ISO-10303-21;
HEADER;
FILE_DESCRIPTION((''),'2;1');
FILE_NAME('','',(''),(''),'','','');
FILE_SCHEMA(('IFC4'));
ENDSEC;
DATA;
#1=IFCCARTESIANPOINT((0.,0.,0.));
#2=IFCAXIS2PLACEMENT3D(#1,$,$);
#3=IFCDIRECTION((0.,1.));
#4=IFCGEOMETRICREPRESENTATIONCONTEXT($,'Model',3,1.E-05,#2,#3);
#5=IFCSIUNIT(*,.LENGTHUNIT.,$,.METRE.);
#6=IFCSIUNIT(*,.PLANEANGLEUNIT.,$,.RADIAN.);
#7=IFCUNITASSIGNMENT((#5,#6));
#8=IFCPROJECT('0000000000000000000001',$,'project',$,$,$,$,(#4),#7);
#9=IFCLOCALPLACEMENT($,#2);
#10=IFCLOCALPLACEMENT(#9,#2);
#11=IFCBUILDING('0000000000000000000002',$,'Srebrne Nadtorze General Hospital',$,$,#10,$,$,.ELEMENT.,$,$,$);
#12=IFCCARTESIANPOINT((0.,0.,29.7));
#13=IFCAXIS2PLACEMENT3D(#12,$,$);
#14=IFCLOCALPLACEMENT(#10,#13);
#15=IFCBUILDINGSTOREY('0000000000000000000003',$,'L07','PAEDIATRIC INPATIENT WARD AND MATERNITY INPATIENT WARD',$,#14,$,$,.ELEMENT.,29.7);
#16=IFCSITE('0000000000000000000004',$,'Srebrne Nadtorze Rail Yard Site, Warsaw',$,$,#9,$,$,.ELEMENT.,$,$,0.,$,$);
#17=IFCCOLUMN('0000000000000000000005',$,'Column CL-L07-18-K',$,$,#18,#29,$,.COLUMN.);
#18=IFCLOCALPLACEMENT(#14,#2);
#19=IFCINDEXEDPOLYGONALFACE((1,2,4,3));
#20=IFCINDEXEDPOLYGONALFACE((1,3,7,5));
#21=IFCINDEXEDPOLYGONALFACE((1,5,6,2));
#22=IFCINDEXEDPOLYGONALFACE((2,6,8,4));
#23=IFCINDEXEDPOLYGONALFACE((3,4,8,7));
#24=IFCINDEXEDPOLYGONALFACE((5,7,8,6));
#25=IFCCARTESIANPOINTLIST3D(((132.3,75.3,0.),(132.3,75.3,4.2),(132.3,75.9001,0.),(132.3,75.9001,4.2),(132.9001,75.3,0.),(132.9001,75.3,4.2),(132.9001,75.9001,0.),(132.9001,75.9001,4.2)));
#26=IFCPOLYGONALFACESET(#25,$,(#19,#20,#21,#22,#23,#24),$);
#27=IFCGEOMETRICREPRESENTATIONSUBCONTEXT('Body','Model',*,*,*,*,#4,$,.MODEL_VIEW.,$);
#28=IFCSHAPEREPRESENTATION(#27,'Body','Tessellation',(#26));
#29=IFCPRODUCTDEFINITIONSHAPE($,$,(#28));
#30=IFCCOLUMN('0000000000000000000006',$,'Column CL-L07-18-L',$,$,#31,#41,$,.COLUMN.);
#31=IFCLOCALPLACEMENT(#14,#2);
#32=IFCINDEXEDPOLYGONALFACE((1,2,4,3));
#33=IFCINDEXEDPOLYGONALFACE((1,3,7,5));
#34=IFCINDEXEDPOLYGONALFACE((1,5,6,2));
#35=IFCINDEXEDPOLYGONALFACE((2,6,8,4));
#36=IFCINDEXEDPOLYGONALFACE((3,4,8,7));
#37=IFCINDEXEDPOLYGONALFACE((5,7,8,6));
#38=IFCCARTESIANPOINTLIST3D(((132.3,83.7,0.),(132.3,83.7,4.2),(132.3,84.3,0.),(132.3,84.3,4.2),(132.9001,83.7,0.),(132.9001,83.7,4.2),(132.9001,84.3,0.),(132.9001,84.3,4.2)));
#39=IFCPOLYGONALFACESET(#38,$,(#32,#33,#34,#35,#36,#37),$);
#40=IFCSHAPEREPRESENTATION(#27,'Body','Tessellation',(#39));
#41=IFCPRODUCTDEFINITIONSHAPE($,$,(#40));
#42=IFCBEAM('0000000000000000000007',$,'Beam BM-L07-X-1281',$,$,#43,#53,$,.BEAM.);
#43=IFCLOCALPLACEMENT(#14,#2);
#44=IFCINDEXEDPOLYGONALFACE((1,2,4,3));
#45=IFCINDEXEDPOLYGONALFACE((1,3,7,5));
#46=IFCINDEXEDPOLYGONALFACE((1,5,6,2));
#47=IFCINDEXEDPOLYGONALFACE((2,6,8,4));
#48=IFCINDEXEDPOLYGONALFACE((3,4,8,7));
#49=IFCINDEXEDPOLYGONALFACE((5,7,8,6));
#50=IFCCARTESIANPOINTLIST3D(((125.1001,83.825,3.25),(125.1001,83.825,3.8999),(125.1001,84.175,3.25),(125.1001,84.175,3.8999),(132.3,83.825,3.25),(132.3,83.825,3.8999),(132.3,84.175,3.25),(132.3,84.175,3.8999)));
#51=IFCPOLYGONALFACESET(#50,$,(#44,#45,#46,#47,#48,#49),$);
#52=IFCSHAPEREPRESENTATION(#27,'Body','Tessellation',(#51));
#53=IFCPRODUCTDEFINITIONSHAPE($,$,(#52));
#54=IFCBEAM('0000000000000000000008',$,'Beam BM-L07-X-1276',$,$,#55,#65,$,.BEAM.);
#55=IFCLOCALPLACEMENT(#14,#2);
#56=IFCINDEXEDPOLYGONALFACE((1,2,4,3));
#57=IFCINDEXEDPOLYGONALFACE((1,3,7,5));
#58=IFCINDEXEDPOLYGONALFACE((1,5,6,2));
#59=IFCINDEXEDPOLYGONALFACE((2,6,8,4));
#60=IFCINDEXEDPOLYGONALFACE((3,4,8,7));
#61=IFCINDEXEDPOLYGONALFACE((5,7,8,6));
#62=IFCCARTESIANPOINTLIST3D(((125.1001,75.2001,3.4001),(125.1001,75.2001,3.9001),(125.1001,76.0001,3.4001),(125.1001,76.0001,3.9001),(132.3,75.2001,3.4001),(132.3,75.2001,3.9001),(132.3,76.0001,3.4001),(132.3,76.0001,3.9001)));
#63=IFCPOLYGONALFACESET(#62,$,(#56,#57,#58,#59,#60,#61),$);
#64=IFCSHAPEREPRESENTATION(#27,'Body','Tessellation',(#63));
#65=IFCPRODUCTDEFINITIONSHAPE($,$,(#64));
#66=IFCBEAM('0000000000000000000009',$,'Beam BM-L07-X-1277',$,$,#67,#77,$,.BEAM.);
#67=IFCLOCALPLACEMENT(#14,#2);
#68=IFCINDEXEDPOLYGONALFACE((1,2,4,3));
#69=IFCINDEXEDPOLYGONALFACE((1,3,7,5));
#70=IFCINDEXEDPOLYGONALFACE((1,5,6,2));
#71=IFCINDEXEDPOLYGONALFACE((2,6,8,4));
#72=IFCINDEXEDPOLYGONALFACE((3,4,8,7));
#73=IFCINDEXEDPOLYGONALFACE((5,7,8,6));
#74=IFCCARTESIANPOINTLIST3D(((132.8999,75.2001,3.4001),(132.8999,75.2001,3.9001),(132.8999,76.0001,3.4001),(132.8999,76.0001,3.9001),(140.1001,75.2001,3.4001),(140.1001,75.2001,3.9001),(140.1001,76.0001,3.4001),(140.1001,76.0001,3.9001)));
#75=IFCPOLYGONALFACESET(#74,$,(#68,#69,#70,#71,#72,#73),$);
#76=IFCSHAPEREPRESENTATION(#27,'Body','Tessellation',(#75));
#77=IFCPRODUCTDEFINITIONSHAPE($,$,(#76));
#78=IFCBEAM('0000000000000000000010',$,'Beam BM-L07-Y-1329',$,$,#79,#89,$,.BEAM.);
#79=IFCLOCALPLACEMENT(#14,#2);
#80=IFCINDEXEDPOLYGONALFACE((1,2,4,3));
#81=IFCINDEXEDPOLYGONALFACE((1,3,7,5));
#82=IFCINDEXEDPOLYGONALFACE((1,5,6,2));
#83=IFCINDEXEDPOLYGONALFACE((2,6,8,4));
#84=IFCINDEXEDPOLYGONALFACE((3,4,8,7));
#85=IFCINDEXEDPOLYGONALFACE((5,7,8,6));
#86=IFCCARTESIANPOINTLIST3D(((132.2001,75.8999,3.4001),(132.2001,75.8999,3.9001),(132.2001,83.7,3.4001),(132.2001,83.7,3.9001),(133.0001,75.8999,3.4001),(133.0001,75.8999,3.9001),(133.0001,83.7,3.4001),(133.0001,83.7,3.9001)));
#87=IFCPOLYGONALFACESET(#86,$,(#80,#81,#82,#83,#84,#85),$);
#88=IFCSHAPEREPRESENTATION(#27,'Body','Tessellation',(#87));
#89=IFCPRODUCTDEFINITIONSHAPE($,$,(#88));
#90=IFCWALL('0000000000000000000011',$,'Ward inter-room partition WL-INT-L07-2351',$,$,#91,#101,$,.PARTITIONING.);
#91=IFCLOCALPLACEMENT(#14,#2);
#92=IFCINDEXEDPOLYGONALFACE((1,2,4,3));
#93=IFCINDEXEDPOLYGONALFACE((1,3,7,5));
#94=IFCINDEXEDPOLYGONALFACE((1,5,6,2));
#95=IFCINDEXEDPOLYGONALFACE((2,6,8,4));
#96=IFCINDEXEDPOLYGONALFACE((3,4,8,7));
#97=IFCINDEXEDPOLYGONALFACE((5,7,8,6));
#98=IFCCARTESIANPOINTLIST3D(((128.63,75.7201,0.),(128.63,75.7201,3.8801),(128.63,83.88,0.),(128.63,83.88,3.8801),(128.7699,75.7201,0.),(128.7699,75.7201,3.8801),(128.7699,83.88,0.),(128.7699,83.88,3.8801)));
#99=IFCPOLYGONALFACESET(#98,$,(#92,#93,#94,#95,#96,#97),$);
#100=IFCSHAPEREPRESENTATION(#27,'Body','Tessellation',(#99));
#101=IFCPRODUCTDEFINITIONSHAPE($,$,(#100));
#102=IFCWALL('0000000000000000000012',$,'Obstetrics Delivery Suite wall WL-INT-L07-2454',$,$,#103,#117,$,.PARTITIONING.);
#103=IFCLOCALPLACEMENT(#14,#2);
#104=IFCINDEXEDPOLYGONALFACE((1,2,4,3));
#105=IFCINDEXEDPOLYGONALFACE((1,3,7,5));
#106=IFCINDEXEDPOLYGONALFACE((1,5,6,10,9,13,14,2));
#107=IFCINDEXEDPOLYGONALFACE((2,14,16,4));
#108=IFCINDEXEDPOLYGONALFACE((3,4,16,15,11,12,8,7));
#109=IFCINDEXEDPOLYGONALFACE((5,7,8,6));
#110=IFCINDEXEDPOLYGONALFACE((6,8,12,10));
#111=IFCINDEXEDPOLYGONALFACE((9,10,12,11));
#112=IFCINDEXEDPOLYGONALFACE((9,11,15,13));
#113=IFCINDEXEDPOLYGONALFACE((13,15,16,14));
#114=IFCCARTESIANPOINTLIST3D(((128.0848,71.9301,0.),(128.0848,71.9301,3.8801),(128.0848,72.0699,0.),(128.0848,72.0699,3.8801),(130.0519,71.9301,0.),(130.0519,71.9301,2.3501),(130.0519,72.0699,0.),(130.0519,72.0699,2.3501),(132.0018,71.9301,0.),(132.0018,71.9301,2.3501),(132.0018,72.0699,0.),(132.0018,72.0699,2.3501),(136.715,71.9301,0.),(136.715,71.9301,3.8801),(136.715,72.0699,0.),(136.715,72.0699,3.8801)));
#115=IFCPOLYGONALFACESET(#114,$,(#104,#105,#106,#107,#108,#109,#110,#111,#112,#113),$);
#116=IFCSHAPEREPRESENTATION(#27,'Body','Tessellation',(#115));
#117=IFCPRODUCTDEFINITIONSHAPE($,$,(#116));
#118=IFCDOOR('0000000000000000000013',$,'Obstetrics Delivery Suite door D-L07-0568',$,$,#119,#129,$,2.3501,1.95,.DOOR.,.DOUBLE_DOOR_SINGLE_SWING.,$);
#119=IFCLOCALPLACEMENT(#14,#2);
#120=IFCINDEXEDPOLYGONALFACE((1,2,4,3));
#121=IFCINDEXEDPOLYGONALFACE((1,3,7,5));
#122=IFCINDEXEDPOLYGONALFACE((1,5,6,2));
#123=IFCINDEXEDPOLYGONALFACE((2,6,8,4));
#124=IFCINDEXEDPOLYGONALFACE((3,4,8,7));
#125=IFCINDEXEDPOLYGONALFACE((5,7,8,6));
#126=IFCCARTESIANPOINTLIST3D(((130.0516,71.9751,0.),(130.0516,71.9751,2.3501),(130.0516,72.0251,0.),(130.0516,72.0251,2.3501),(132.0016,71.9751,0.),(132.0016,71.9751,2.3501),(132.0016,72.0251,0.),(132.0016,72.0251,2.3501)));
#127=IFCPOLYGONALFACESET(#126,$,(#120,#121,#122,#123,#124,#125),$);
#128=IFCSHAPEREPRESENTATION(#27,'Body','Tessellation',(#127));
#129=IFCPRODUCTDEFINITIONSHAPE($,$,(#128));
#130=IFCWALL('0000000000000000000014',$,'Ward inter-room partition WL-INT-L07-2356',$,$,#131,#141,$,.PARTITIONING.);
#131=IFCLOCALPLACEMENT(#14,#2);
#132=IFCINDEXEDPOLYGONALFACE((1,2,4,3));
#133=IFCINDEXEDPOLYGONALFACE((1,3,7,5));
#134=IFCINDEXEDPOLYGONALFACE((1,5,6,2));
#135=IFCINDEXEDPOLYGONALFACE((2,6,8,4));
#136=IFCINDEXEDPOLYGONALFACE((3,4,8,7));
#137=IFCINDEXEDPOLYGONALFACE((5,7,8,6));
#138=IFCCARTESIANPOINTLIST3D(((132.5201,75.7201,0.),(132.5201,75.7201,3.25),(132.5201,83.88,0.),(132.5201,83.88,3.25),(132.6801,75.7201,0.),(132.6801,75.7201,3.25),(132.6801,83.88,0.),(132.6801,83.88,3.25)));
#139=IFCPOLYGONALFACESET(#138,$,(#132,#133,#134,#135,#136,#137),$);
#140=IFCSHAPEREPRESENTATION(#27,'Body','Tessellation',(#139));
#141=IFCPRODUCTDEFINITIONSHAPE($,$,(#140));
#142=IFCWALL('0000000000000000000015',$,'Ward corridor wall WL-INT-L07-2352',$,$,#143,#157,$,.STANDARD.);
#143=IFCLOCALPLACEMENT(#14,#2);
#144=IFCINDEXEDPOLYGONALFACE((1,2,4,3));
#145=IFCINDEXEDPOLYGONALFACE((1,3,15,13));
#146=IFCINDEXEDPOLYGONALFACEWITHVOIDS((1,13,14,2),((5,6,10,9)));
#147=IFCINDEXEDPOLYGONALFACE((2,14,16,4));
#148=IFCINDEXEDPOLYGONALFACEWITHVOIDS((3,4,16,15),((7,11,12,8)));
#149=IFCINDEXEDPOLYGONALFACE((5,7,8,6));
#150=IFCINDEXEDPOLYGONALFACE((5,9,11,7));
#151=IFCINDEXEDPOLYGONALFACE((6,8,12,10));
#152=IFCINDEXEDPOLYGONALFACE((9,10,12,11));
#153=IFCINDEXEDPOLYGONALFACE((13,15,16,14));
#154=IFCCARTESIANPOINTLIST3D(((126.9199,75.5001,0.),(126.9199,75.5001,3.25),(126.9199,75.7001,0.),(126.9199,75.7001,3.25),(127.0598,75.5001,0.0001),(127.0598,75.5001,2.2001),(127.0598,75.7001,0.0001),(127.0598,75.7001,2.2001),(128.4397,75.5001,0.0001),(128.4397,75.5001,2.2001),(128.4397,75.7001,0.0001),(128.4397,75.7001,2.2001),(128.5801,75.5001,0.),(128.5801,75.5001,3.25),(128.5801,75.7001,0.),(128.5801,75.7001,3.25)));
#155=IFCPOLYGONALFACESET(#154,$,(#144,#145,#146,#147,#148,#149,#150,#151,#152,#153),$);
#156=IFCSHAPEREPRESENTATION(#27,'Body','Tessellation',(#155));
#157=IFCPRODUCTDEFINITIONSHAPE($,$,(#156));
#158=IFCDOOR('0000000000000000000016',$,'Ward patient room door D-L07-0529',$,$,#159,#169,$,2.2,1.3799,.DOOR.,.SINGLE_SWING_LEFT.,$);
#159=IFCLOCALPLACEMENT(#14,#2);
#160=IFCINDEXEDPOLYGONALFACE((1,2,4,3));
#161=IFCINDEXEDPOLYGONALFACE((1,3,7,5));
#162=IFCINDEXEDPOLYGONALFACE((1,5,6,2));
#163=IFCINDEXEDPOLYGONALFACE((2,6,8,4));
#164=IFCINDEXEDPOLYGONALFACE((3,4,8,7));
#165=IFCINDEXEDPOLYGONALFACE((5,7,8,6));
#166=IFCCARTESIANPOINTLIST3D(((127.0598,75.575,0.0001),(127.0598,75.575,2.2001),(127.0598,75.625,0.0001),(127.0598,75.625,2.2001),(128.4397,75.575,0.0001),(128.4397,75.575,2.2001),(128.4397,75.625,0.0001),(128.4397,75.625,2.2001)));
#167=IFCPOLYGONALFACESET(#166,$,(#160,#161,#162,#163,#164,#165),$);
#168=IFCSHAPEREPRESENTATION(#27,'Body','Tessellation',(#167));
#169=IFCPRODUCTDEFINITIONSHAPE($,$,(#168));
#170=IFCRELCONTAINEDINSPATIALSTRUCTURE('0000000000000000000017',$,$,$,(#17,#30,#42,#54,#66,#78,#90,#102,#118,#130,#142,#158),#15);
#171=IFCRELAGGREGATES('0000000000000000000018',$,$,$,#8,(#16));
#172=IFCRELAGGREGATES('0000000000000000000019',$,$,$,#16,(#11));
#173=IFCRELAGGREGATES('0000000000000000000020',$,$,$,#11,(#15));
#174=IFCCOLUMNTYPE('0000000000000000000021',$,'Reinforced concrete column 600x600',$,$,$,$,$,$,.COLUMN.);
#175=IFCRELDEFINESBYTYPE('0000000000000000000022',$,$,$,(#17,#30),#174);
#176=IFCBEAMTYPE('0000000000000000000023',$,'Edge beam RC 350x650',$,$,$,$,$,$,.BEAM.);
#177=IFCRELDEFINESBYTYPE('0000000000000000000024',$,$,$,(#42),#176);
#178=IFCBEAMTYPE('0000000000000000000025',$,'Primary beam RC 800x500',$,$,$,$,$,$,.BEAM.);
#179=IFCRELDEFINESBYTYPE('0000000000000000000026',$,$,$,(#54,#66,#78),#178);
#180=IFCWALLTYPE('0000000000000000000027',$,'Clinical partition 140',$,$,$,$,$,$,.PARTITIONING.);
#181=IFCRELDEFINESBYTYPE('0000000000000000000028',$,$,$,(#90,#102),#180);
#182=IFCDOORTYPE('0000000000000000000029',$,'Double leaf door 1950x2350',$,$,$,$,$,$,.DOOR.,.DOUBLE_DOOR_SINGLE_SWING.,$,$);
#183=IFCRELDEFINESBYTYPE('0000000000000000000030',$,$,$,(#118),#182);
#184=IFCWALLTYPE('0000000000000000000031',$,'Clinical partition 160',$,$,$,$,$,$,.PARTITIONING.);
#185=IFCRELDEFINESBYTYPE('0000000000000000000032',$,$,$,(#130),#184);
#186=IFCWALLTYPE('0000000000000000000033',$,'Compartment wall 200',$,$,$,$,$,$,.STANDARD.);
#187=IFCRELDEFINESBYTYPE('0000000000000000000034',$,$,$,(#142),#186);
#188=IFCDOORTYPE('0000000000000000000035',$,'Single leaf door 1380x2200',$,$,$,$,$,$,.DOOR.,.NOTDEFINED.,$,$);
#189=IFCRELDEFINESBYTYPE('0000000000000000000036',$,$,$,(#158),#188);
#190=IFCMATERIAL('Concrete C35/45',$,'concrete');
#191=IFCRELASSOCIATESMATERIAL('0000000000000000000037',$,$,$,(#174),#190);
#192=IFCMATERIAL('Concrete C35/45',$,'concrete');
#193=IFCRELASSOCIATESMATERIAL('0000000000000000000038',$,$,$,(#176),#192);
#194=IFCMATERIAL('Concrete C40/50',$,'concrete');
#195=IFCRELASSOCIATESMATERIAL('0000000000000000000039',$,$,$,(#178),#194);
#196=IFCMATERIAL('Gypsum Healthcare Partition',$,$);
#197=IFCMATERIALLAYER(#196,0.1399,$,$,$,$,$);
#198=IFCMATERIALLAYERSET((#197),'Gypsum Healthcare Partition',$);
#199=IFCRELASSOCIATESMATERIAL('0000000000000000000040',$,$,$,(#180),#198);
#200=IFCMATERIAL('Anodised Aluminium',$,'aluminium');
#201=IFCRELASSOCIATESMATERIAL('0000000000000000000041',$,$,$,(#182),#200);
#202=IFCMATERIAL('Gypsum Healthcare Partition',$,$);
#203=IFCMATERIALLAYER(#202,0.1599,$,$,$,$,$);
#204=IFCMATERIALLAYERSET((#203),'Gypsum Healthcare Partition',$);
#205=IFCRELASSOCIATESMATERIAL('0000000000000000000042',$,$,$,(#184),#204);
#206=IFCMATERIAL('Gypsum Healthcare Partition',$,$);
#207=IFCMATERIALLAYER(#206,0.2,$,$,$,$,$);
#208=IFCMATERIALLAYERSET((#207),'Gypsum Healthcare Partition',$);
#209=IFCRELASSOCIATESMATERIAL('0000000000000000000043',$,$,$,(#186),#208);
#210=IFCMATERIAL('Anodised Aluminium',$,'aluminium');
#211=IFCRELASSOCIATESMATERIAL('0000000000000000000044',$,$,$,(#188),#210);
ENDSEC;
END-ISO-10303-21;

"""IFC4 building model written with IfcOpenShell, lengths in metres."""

from ifc_helpers import new_model, si_unit, direction, frame, frame_2d, origin, origin_2d, place, context, subcontext, project, spatial, rectangle, extrude, material, layer, layer_set, material_profile, profile_set, type_object, element, fill, save


model = new_model("IFC4")

# Units and contexts
model_context = context("Model", 3, precision=1e-05, world=origin(), true_north=direction((0.0, 1.0)))
body_context = subcontext(model_context, "Body", "Model", "MODEL_VIEW")
ifc_project = project(units=[si_unit("LENGTHUNIT", "METRE"), si_unit("PLANEANGLEUNIT", "RADIAN")], contexts=[model_context])

# Site, building, storey
site_placement = place(None, origin())
site = spatial("IfcSite", under=ifc_project, at=site_placement, Name="Srebrne Nadtorze Rail Yard Site, Warsaw", CompositionType="ELEMENT", RefElevation=0.0)
building_placement = place(site_placement, origin())
building = spatial("IfcBuilding", under=site, at=building_placement, Name="Srebrne Nadtorze General Hospital", CompositionType="ELEMENT")
storey_placement = place(building_placement, frame((0.0, 0.0, 29.7)))
storey = spatial("IfcBuildingStorey", under=building, at=storey_placement, Name="L07", Description="PAEDIATRIC INPATIENT WARD AND MATERNITY INPATIENT WARD", CompositionType="ELEMENT", Elevation=29.7)

# Columns
ifc_material_1 = material(Name="Concrete C35/45", Category="concrete")
ifc_material_profile_1 = material_profile(ifc_material_1, rectangle(XDim=0.6001, YDim=0.6001, at=origin_2d()), Name="RC-COL-600x600")
ifc_profile_set_1 = profile_set([ifc_material_profile_1], Name="Concrete C35/45")
column_type = type_object("IfcColumnType", Name="Reinforced concrete column 600x600", PredefinedType="COLUMN", material=ifc_profile_set_1)
for number, where, z_axis, x_axis, name in (
    (1, (132.6001, 75.6001, 0.0), (0.0, 0.0, 1.0), (1.0, 0.0, 0.0), "Column CL-L07-18-K"),
    (2, (132.6001, 84.0, 0.0), (0.0, 0.0, 1.0), (1.0, 0.0, 0.0), "Column CL-L07-18-L"),
):
    element("IfcColumn", number, at=place(storey_placement, frame(where, z_axis=z_axis, x_axis=x_axis)), inside=storey, type_object=column_type, Name=name, PredefinedType="COLUMN", context=body_context, shape_type="SweptSolid", body=[
        extrude(rectangle(XDim=0.6001, YDim=0.6001, at=origin_2d()), origin(), (0.0, 0.0, 1.0), 4.2),
    ])

# Beams
ifc_material_2 = material(Name="Concrete C35/45", Category="concrete")
ifc_material_profile_2 = material_profile(ifc_material_2, rectangle(XDim=0.3501, YDim=0.6499, at=origin_2d()), Name="RC-BM-350x650")
ifc_profile_set_2 = profile_set([ifc_material_profile_2], Name="Concrete C35/45")
beam_type_1 = type_object("IfcBeamType", Name="Edge beam RC 350x650", PredefinedType="BEAM", material=ifc_profile_set_2)
beam_1_placement = place(storey_placement, frame((125.1001, 84.0, 3.575), z_axis=(1.0, 0.0, 0.0), x_axis=(0.0, 1.0, 0.0)))
element("IfcBeam", 3, at=beam_1_placement, inside=storey, type_object=beam_type_1, Name="Beam BM-L07-X-1281", PredefinedType="BEAM", context=body_context, shape_type="SweptSolid", body=[
    extrude(rectangle(XDim=0.3501, YDim=0.6499, at=origin_2d()), origin(), (0.0, 0.0, 1.0), 7.2),
])
ifc_material_3 = material(Name="Concrete C40/50", Category="concrete")
ifc_material_profile_3 = material_profile(ifc_material_3, rectangle(XDim=0.8, YDim=0.5, at=origin_2d()), Name="RC-BM-800x500")
ifc_profile_set_3 = profile_set([ifc_material_profile_3], Name="Concrete C40/50")
beam_type_2 = type_object("IfcBeamType", Name="Primary beam RC 800x500", PredefinedType="BEAM", material=ifc_profile_set_3)
beam_2_placement = place(storey_placement, frame((125.1001, 75.6001, 3.6501), z_axis=(1.0, 0.0, 0.0), x_axis=(0.0, 1.0, 0.0)))
element("IfcBeam", 4, at=beam_2_placement, inside=storey, type_object=beam_type_2, Name="Beam BM-L07-X-1276", PredefinedType="BEAM", context=body_context, shape_type="SweptSolid", body=[
    extrude(rectangle(XDim=0.8, YDim=0.5, at=origin_2d()), origin(), (0.0, 0.0, 1.0), 7.2),
])
beam_3_placement = place(storey_placement, frame((132.8999, 75.6001, 3.6501), z_axis=(1.0, 0.0, 0.0), x_axis=(0.0, 1.0, 0.0)))
element("IfcBeam", 5, at=beam_3_placement, inside=storey, type_object=beam_type_2, Name="Beam BM-L07-X-1277", PredefinedType="BEAM", context=body_context, shape_type="SweptSolid", body=[
    extrude(rectangle(XDim=0.8, YDim=0.5, at=origin_2d()), origin(), (0.0, 0.0, 1.0), 7.2002),
])
beam_4_placement = place(storey_placement, frame((132.6001, 75.8999, 3.6501), z_axis=(0.0, 1.0, 0.0), x_axis=(-1.0, 0.0, 0.0)))
element("IfcBeam", 6, at=beam_4_placement, inside=storey, type_object=beam_type_2, Name="Beam BM-L07-Y-1329", PredefinedType="BEAM", context=body_context, shape_type="SweptSolid", body=[
    extrude(rectangle(XDim=0.8, YDim=0.5, at=origin_2d()), origin(), (0.0, 0.0, 1.0), 7.8),
])

# Wall
ifc_material_4 = material(Name="Gypsum Healthcare Partition")
ifc_layer_1 = layer(ifc_material_4, 0.1399)
ifc_layer_set_1 = layer_set([ifc_layer_1], Name="Gypsum Healthcare Partition")
wall_type_1 = type_object("IfcWallType", Name="Clinical partition 140", PredefinedType="PARTITIONING", material=ifc_layer_set_1)
wall_1_placement = place(storey_placement, frame((128.7, 75.72, 0.0), z_axis=(0.0, 0.0, 1.0), x_axis=(0.0, 1.0, 0.0)))
element("IfcWall", 7, at=wall_1_placement, inside=storey, type_object=wall_type_1, Name="Ward inter-room partition WL-INT-L07-2351", PredefinedType="PARTITIONING", context=body_context, shape_type="SweptSolid", body=[
    extrude(rectangle(XDim=8.1599, YDim=0.1399, at=frame_2d((4.0801, 0.0))), origin(), (0.0, 0.0, 1.0), 3.8801),
])

# Wall, opening, door
wall_2_placement = place(storey_placement, frame((128.085, 72.0, 0.0), z_axis=(0.0, 0.0, 1.0), x_axis=(1.0, 0.0, 0.0)))
wall_2 = element("IfcWall", 8, at=wall_2_placement, inside=storey, type_object=wall_type_1, Name="Obstetrics Delivery Suite wall WL-INT-L07-2454", PredefinedType="PARTITIONING", context=body_context, shape_type="SweptSolid", body=[
    extrude(rectangle(XDim=8.6301, YDim=0.1399, at=frame_2d((4.3149, 0.0))), origin(), (0.0, 0.0, 1.0), 3.8801),
])
opening_1_placement = place(wall_2_placement, frame((1.9668, 0.0, 0.0)))
opening_1 = element("IfcOpeningElement", 9, at=opening_1_placement, cuts=wall_2, PredefinedType="OPENING", context=body_context, shape_type="SweptSolid", body=[
    extrude(rectangle(XDim=1.95, YDim=2.3501, at=frame_2d((0.9751, 1.175))), frame((0.0, 0.082, 0.0), z_axis=(0.0, -1.0, 0.0), x_axis=(1.0, 0.0, 0.0)), (0.0, 0.0, 1.0), 0.1638),
])
ifc_material_5 = material(Name="Anodised Aluminium", Category="aluminium")
door_type_1 = type_object("IfcDoorType", Name="Double leaf door 1950x2350", OperationType="DOUBLE_DOOR_SINGLE_SWING", PredefinedType="DOOR", material=ifc_material_5)
door_1_placement = place(opening_1_placement, frame((1.95, 0.0, 0.0), z_axis=(0.0, 0.0, 1.0), x_axis=(-1.0, 0.0, 0.0)))
door_1 = element("IfcDoor", 10, at=door_1_placement, inside=storey, type_object=door_type_1, Name="Obstetrics Delivery Suite door D-L07-0568", OperationType="DOUBLE_DOOR_SINGLE_SWING", OverallHeight=2.3501, OverallWidth=1.95, PredefinedType="DOOR", context=body_context, shape_type="SweptSolid", body=[
    extrude(rectangle(XDim=1.95, YDim=2.3501, at=frame_2d((0.9751, 1.175))), frame((0.0, 0.0249, 0.0), z_axis=(0.0, -1.0, 0.0), x_axis=(1.0, 0.0, 0.0)), (0.0, 0.0, 1.0), 0.05),
])
fill(opening_1, door_1)

# Wall
ifc_material_6 = material(Name="Gypsum Healthcare Partition")
ifc_layer_2 = layer(ifc_material_6, 0.1599)
ifc_layer_set_2 = layer_set([ifc_layer_2], Name="Gypsum Healthcare Partition")
wall_type_2 = type_object("IfcWallType", Name="Clinical partition 160", PredefinedType="PARTITIONING", material=ifc_layer_set_2)
wall_3_placement = place(storey_placement, frame((132.6001, 75.72, 0.0), z_axis=(0.0, 0.0, 1.0), x_axis=(0.0, 1.0, 0.0)))
element("IfcWall", 11, at=wall_3_placement, inside=storey, type_object=wall_type_2, Name="Ward inter-room partition WL-INT-L07-2356", PredefinedType="PARTITIONING", context=body_context, shape_type="SweptSolid", body=[
    extrude(rectangle(XDim=8.1599, YDim=0.1599, at=frame_2d((4.0801, 0.0))), origin(), (0.0, 0.0, 1.0), 3.25),
])

# Wall, opening, door
ifc_material_7 = material(Name="Gypsum Healthcare Partition")
ifc_layer_3 = layer(ifc_material_7, 0.2)
ifc_layer_set_3 = layer_set([ifc_layer_3], Name="Gypsum Healthcare Partition")
wall_type_3 = type_object("IfcWallType", Name="Compartment wall 200", PredefinedType="STANDARD", material=ifc_layer_set_3)
wall_4_placement = place(storey_placement, frame((126.9199, 75.6001, 0.0), z_axis=(0.0, 0.0, 1.0), x_axis=(1.0, 0.0, 0.0)))
wall_4 = element("IfcWall", 12, at=wall_4_placement, inside=storey, type_object=wall_type_3, Name="Ward corridor wall WL-INT-L07-2352", PredefinedType="STANDARD", context=body_context, shape_type="SweptSolid", body=[
    extrude(rectangle(XDim=1.6602, YDim=0.2, at=frame_2d((0.8301, 0.0))), origin(), (0.0, 0.0, 1.0), 3.25),
])
opening_2_placement = place(wall_4_placement, frame((0.1399, 0.0, 0.0)))
opening_2 = element("IfcOpeningElement", 13, at=opening_2_placement, cuts=wall_4, PredefinedType="OPENING", context=body_context, shape_type="SweptSolid", body=[
    extrude(rectangle(XDim=1.3799, YDim=2.2, at=frame_2d((0.6899, 1.1001))), frame((0.0, 0.1118, 0.0), z_axis=(0.0, -1.0, 0.0), x_axis=(1.0, 0.0, 0.0)), (0.0, 0.0, 1.0), 0.2239),
])
ifc_material_8 = material(Name="Anodised Aluminium", Category="aluminium")
door_type_2 = type_object("IfcDoorType", Name="Single leaf door 1380x2200", OperationType="NOTDEFINED", PredefinedType="DOOR", material=ifc_material_8)
door_2_placement = place(opening_2_placement, origin())
door_2 = element("IfcDoor", 14, at=door_2_placement, inside=storey, type_object=door_type_2, Name="Ward patient room door D-L07-0529", OperationType="SINGLE_SWING_LEFT", OverallHeight=2.2, OverallWidth=1.3799, PredefinedType="DOOR", context=body_context, shape_type="SweptSolid", body=[
    extrude(rectangle(XDim=1.3799, YDim=2.2, at=frame_2d((0.6899, 1.1001))), frame((0.0, 0.0249, 0.0), z_axis=(0.0, -1.0, 0.0), x_axis=(1.0, 0.0, 0.0)), (0.0, 0.0, 1.0), 0.05),
])
fill(opening_2, door_2)

save(model, "model.ifc")
